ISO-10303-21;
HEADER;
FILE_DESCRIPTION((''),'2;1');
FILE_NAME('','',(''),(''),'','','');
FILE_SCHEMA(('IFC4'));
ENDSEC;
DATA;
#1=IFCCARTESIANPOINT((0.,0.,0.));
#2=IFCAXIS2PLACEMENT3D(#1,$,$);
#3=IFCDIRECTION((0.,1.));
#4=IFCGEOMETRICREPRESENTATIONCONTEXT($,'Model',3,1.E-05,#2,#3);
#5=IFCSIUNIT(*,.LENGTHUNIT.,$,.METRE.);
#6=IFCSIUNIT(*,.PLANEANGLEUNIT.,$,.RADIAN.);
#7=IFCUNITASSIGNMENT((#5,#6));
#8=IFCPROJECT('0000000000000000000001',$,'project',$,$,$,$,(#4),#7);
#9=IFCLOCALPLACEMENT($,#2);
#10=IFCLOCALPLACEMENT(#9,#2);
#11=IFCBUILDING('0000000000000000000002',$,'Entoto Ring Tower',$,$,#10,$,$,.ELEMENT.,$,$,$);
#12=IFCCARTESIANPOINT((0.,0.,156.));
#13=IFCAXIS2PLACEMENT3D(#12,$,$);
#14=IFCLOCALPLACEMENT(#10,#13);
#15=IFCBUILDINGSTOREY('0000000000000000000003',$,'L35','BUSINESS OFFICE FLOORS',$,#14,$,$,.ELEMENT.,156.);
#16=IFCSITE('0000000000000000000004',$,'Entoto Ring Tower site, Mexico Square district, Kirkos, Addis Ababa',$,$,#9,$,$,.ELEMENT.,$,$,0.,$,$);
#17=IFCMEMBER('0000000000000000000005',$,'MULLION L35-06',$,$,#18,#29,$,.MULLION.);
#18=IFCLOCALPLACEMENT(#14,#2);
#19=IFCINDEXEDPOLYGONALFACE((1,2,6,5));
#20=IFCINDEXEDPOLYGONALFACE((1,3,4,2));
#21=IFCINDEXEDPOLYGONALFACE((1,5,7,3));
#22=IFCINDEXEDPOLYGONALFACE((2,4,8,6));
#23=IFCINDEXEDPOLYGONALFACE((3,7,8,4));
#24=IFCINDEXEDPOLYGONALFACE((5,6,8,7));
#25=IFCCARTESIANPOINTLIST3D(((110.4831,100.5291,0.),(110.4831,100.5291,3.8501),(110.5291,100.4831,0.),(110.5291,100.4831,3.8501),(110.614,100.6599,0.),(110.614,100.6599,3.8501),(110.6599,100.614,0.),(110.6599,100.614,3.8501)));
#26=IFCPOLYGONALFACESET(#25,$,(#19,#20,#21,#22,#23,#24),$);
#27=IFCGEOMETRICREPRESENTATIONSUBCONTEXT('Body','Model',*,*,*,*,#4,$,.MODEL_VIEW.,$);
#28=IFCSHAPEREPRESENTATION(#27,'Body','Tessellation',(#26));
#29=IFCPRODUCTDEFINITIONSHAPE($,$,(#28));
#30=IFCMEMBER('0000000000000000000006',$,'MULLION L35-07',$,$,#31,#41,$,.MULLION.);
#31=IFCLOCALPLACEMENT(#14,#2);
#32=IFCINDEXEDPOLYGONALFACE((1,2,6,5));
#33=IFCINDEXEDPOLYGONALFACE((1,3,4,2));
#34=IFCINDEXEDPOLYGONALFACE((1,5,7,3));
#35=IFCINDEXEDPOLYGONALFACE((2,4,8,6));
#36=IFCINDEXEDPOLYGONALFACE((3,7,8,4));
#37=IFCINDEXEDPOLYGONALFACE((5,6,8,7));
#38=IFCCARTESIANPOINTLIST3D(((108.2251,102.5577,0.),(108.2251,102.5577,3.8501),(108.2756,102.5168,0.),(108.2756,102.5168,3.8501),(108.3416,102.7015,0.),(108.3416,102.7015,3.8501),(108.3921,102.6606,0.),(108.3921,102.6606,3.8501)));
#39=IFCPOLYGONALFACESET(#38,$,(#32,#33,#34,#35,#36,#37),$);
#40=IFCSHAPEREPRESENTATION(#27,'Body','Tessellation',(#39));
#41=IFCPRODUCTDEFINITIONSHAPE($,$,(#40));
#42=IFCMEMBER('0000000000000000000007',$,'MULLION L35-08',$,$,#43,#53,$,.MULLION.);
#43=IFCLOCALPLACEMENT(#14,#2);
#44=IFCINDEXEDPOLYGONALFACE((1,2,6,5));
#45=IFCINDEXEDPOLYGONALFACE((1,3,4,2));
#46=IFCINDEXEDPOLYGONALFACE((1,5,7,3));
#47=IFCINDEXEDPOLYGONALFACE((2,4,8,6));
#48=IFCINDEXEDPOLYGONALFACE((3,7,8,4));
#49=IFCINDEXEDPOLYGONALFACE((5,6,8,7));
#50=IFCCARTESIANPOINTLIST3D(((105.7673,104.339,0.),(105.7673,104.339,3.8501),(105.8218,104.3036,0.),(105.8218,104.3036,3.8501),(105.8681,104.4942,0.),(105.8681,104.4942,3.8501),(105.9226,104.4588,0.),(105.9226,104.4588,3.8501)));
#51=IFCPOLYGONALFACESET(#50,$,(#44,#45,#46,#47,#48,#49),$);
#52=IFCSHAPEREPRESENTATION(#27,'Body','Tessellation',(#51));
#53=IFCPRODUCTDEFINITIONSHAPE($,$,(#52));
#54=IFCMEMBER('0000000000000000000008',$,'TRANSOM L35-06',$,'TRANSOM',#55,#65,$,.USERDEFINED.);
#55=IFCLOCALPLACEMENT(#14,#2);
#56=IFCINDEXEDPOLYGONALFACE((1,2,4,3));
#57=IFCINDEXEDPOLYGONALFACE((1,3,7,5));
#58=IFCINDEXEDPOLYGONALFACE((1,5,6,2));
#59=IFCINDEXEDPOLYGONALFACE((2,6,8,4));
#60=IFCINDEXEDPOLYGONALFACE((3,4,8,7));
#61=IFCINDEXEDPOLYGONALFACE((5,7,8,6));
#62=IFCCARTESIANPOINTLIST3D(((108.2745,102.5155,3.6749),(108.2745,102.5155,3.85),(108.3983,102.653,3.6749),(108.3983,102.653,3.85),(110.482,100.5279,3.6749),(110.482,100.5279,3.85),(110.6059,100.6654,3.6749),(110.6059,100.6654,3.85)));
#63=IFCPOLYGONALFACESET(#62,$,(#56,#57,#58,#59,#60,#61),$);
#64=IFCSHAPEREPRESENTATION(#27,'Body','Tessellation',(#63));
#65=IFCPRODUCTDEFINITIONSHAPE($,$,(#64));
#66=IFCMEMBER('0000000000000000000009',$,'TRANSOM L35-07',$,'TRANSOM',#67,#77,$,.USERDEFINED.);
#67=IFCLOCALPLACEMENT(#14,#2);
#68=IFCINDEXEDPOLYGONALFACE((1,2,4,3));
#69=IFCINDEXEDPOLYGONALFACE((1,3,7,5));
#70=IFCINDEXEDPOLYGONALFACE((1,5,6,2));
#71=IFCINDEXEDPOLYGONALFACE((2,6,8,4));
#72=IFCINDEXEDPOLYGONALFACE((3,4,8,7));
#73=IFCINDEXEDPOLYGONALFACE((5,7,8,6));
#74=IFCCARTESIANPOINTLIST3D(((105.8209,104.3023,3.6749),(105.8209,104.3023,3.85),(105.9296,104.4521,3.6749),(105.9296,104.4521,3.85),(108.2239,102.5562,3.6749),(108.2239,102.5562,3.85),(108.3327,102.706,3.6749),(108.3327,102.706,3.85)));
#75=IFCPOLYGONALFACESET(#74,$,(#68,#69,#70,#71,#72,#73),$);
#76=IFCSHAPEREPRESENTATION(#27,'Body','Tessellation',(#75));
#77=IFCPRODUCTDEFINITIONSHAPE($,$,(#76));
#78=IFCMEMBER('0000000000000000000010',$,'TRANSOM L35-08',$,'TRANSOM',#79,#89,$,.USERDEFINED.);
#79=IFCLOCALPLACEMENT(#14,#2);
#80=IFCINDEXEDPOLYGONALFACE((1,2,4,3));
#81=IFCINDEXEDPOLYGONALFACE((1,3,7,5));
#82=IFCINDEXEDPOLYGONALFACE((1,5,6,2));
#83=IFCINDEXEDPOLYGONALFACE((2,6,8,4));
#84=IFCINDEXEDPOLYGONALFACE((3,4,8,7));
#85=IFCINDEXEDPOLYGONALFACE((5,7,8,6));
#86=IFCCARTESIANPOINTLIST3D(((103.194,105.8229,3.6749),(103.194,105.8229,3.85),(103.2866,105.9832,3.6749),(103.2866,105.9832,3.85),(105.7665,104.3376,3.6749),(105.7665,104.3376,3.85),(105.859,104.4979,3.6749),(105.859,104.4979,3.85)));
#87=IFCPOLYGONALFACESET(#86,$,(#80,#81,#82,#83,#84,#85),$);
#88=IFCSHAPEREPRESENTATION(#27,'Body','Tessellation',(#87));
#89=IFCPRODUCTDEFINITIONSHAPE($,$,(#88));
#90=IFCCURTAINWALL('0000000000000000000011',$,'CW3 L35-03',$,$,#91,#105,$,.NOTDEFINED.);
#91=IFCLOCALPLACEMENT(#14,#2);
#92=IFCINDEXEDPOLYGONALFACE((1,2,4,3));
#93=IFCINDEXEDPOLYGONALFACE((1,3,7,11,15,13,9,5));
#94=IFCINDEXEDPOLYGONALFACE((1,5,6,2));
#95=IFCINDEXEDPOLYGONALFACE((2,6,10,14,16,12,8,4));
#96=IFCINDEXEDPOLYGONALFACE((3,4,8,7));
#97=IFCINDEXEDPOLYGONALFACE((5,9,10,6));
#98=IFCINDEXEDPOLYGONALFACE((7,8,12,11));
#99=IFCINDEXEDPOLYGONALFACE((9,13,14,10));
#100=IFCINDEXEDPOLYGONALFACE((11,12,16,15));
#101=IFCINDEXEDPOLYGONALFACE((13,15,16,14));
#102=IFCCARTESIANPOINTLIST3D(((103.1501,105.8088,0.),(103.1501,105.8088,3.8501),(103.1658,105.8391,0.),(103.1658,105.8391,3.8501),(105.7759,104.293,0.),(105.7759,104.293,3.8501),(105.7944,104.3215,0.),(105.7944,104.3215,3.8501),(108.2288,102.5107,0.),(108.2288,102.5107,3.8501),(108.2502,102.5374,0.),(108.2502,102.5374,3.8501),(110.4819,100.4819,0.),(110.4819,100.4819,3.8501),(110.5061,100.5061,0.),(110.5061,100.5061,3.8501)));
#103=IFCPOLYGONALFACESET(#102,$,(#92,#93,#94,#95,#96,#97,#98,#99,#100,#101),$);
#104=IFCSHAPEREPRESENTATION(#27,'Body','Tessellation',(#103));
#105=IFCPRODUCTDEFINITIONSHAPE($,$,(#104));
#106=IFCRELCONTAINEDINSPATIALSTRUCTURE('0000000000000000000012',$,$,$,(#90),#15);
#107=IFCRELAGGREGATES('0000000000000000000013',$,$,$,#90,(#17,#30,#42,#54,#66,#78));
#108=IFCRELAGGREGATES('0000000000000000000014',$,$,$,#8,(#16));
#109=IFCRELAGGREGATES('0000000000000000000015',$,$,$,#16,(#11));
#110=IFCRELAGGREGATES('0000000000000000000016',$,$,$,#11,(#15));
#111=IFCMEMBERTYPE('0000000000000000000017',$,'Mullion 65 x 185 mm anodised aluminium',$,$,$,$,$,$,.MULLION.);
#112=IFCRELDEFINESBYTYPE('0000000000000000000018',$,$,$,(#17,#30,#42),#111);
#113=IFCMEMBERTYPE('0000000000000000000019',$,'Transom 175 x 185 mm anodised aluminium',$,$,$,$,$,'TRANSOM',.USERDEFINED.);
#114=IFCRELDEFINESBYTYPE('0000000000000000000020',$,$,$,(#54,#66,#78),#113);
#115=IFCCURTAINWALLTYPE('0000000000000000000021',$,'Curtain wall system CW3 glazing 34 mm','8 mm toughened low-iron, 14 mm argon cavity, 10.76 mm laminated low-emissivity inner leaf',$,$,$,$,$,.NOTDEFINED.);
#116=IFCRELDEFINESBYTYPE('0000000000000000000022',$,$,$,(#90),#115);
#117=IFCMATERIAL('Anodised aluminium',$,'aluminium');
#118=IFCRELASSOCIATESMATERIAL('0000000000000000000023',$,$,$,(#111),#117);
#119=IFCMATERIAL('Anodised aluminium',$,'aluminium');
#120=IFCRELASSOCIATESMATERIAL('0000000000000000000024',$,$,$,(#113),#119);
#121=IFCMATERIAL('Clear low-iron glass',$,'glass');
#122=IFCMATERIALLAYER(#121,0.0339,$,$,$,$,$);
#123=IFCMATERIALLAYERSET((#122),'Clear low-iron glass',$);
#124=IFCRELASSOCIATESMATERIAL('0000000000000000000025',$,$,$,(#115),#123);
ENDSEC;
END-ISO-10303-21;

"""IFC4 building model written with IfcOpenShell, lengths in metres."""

from ifc_helpers import new_model, si_unit, direction, frame, origin, origin_2d, place, context, subcontext, project, spatial, polyline, rectangle, outline, extrude, material, layer, layer_set, material_profile, profile_set, type_object, element, aggregate, save


model = new_model("IFC4")

# Units and contexts
model_context = context("Model", 3, precision=1e-05, world=origin(), true_north=direction((0.0, 1.0)))
body_context = subcontext(model_context, "Body", "Model", "MODEL_VIEW")
ifc_project = project(units=[si_unit("LENGTHUNIT", "METRE"), si_unit("PLANEANGLEUNIT", "RADIAN")], contexts=[model_context])

# Members
ifc_material_1 = material(Name="Anodised aluminium", Category="aluminium")
ifc_material_profile_1 = material_profile(ifc_material_1, rectangle(XDim=0.0649, YDim=0.1851, at=origin_2d()), Name="Mullion 65 x 185 mm anodised aluminium")
ifc_profile_set_1 = profile_set([ifc_material_profile_1], Name="Anodised aluminium")
member_type_1 = type_object("IfcMemberType", Name="Mullion 65 x 185 mm anodised aluminium", PredefinedType="MULLION", material=ifc_profile_set_1)
site_placement = place(None, origin())
building_placement = place(site_placement, origin())
storey_placement = place(building_placement, frame((0.0, 0.0, 156.0)))
member_1_placement = place(storey_placement, frame((110.5715, 100.5715, 0.0), z_axis=(0.0, 0.0, 1.0), x_axis=(-0.707107, 0.707107, 0.0)))
member_1 = element("IfcMember", 1, at=member_1_placement, type_object=member_type_1, Name="MULLION L35-06", PredefinedType="MULLION", context=body_context, shape_type="SweptSolid", body=[
    extrude(rectangle(XDim=0.0649, YDim=0.1851, at=origin_2d()), origin(), (0.0, 0.0, 1.0), 3.8501),
])
member_2_placement = place(storey_placement, frame((108.3086, 102.6091, 0.0), z_axis=(0.0, 0.0, 1.0), x_axis=(-0.777146, 0.62932, 0.0)))
member_2 = element("IfcMember", 2, at=member_2_placement, type_object=member_type_1, Name="MULLION L35-07", PredefinedType="MULLION", context=body_context, shape_type="SweptSolid", body=[
    extrude(rectangle(XDim=0.0649, YDim=0.1851, at=origin_2d()), origin(), (0.0, 0.0, 1.0), 3.8501),
])
member_3_placement = place(storey_placement, frame((105.845, 104.3989, 0.0), z_axis=(0.0, 0.0, 1.0), x_axis=(-0.838671, 0.544639, 0.0)))
member_3 = element("IfcMember", 3, at=member_3_placement, type_object=member_type_1, Name="MULLION L35-08", PredefinedType="MULLION", context=body_context, shape_type="SweptSolid", body=[
    extrude(rectangle(XDim=0.0649, YDim=0.1851, at=origin_2d()), origin(), (0.0, 0.0, 1.0), 3.8501),
])
ifc_material_2 = material(Name="Anodised aluminium", Category="aluminium")
ifc_material_profile_2 = material_profile(ifc_material_2, rectangle(XDim=0.1851, YDim=0.175, at=origin_2d()), Name="Transom 175 x 185 mm anodised aluminium")
ifc_profile_set_2 = profile_set([ifc_material_profile_2], Name="Anodised aluminium")
member_type_2 = type_object("IfcMemberType", Name="Transom 175 x 185 mm anodised aluminium", ElementType="TRANSOM", PredefinedType="USERDEFINED", material=ifc_profile_set_2)
member_4_placement = place(storey_placement, frame((110.5439, 100.5967, 3.7625), z_axis=(-0.743163, 0.66911, 0.0), x_axis=(-0.66911, -0.743163, 0.0)))
member_4 = element("IfcMember", 4, at=member_4_placement, type_object=member_type_2, Name="TRANSOM L35-06", ObjectType="TRANSOM", PredefinedType="USERDEFINED", context=body_context, shape_type="SweptSolid", body=[
    extrude(rectangle(XDim=0.1851, YDim=0.175, at=origin_2d()), origin(), (0.0, 0.0, 1.0), 2.9705),
])
member_5_placement = place(storey_placement, frame((108.2783, 102.6311, 3.7625), z_axis=(-0.808992, 0.58782, 0.0), x_axis=(-0.58782, -0.808992, 0.0)))
member_5 = element("IfcMember", 5, at=member_5_placement, type_object=member_type_2, Name="TRANSOM L35-07", ObjectType="TRANSOM", PredefinedType="USERDEFINED", context=body_context, shape_type="SweptSolid", body=[
    extrude(rectangle(XDim=0.1851, YDim=0.175, at=origin_2d()), origin(), (0.0, 0.0, 1.0), 2.9705),
])
member_6_placement = place(storey_placement, frame((105.8127, 104.4177, 3.7625), z_axis=(-0.866009, 0.500028, 0.0), x_axis=(-0.500028, -0.866009, 0.0)))
member_6 = element("IfcMember", 6, at=member_6_placement, type_object=member_type_2, Name="TRANSOM L35-08", ObjectType="TRANSOM", PredefinedType="USERDEFINED", context=body_context, shape_type="SweptSolid", body=[
    extrude(rectangle(XDim=0.1851, YDim=0.175, at=origin_2d()), origin(), (0.0, 0.0, 1.0), 2.9705),
])

# Site, building, storey
site = spatial("IfcSite", under=ifc_project, at=site_placement, Name="Entoto Ring Tower site, Mexico Square district, Kirkos, Addis Ababa", CompositionType="ELEMENT", RefElevation=0.0)
building = spatial("IfcBuilding", under=site, at=building_placement, Name="Entoto Ring Tower", CompositionType="ELEMENT")
storey = spatial("IfcBuildingStorey", under=building, at=storey_placement, Name="L35", Description="BUSINESS OFFICE FLOORS", CompositionType="ELEMENT", Elevation=156.0)

# Curtain wall
ifc_material_3 = material(Name="Clear low-iron glass", Category="glass")
ifc_layer_1 = layer(ifc_material_3, 0.0339)
ifc_layer_set_1 = layer_set([ifc_layer_1], Name="Clear low-iron glass")
curtain_wall_type = type_object("IfcCurtainWallType", Name="Curtain wall system CW3 glazing 34 mm", Description="8 mm toughened low-iron, 14 mm argon cavity, 10.76 mm laminated low-emissivity inner leaf", PredefinedType="NOTDEFINED", material=ifc_layer_set_1)
curtain_wall_1_placement = place(storey_placement, origin())
curtain_wall_1 = element("IfcCurtainWall", 7, at=curtain_wall_1_placement, inside=storey, type_object=curtain_wall_type, Name="CW3 L35-03", PredefinedType="NOTDEFINED", context=body_context, shape_type="SweptSolid", body=[
    extrude(outline(polyline([(110.5061, 100.5061), (108.2502, 102.5374), (105.7944, 104.3215), (103.1658, 105.8391), (103.1501, 105.8088), (105.7759, 104.293), (108.2288, 102.5107), (110.4819, 100.4819), (110.5061, 100.5061)])), origin(), (0.0, 0.0, 1.0), 3.8501),
])
aggregate(curtain_wall_1, [member_1, member_2, member_3, member_4, member_5, member_6])

save(model, "model.ifc")
